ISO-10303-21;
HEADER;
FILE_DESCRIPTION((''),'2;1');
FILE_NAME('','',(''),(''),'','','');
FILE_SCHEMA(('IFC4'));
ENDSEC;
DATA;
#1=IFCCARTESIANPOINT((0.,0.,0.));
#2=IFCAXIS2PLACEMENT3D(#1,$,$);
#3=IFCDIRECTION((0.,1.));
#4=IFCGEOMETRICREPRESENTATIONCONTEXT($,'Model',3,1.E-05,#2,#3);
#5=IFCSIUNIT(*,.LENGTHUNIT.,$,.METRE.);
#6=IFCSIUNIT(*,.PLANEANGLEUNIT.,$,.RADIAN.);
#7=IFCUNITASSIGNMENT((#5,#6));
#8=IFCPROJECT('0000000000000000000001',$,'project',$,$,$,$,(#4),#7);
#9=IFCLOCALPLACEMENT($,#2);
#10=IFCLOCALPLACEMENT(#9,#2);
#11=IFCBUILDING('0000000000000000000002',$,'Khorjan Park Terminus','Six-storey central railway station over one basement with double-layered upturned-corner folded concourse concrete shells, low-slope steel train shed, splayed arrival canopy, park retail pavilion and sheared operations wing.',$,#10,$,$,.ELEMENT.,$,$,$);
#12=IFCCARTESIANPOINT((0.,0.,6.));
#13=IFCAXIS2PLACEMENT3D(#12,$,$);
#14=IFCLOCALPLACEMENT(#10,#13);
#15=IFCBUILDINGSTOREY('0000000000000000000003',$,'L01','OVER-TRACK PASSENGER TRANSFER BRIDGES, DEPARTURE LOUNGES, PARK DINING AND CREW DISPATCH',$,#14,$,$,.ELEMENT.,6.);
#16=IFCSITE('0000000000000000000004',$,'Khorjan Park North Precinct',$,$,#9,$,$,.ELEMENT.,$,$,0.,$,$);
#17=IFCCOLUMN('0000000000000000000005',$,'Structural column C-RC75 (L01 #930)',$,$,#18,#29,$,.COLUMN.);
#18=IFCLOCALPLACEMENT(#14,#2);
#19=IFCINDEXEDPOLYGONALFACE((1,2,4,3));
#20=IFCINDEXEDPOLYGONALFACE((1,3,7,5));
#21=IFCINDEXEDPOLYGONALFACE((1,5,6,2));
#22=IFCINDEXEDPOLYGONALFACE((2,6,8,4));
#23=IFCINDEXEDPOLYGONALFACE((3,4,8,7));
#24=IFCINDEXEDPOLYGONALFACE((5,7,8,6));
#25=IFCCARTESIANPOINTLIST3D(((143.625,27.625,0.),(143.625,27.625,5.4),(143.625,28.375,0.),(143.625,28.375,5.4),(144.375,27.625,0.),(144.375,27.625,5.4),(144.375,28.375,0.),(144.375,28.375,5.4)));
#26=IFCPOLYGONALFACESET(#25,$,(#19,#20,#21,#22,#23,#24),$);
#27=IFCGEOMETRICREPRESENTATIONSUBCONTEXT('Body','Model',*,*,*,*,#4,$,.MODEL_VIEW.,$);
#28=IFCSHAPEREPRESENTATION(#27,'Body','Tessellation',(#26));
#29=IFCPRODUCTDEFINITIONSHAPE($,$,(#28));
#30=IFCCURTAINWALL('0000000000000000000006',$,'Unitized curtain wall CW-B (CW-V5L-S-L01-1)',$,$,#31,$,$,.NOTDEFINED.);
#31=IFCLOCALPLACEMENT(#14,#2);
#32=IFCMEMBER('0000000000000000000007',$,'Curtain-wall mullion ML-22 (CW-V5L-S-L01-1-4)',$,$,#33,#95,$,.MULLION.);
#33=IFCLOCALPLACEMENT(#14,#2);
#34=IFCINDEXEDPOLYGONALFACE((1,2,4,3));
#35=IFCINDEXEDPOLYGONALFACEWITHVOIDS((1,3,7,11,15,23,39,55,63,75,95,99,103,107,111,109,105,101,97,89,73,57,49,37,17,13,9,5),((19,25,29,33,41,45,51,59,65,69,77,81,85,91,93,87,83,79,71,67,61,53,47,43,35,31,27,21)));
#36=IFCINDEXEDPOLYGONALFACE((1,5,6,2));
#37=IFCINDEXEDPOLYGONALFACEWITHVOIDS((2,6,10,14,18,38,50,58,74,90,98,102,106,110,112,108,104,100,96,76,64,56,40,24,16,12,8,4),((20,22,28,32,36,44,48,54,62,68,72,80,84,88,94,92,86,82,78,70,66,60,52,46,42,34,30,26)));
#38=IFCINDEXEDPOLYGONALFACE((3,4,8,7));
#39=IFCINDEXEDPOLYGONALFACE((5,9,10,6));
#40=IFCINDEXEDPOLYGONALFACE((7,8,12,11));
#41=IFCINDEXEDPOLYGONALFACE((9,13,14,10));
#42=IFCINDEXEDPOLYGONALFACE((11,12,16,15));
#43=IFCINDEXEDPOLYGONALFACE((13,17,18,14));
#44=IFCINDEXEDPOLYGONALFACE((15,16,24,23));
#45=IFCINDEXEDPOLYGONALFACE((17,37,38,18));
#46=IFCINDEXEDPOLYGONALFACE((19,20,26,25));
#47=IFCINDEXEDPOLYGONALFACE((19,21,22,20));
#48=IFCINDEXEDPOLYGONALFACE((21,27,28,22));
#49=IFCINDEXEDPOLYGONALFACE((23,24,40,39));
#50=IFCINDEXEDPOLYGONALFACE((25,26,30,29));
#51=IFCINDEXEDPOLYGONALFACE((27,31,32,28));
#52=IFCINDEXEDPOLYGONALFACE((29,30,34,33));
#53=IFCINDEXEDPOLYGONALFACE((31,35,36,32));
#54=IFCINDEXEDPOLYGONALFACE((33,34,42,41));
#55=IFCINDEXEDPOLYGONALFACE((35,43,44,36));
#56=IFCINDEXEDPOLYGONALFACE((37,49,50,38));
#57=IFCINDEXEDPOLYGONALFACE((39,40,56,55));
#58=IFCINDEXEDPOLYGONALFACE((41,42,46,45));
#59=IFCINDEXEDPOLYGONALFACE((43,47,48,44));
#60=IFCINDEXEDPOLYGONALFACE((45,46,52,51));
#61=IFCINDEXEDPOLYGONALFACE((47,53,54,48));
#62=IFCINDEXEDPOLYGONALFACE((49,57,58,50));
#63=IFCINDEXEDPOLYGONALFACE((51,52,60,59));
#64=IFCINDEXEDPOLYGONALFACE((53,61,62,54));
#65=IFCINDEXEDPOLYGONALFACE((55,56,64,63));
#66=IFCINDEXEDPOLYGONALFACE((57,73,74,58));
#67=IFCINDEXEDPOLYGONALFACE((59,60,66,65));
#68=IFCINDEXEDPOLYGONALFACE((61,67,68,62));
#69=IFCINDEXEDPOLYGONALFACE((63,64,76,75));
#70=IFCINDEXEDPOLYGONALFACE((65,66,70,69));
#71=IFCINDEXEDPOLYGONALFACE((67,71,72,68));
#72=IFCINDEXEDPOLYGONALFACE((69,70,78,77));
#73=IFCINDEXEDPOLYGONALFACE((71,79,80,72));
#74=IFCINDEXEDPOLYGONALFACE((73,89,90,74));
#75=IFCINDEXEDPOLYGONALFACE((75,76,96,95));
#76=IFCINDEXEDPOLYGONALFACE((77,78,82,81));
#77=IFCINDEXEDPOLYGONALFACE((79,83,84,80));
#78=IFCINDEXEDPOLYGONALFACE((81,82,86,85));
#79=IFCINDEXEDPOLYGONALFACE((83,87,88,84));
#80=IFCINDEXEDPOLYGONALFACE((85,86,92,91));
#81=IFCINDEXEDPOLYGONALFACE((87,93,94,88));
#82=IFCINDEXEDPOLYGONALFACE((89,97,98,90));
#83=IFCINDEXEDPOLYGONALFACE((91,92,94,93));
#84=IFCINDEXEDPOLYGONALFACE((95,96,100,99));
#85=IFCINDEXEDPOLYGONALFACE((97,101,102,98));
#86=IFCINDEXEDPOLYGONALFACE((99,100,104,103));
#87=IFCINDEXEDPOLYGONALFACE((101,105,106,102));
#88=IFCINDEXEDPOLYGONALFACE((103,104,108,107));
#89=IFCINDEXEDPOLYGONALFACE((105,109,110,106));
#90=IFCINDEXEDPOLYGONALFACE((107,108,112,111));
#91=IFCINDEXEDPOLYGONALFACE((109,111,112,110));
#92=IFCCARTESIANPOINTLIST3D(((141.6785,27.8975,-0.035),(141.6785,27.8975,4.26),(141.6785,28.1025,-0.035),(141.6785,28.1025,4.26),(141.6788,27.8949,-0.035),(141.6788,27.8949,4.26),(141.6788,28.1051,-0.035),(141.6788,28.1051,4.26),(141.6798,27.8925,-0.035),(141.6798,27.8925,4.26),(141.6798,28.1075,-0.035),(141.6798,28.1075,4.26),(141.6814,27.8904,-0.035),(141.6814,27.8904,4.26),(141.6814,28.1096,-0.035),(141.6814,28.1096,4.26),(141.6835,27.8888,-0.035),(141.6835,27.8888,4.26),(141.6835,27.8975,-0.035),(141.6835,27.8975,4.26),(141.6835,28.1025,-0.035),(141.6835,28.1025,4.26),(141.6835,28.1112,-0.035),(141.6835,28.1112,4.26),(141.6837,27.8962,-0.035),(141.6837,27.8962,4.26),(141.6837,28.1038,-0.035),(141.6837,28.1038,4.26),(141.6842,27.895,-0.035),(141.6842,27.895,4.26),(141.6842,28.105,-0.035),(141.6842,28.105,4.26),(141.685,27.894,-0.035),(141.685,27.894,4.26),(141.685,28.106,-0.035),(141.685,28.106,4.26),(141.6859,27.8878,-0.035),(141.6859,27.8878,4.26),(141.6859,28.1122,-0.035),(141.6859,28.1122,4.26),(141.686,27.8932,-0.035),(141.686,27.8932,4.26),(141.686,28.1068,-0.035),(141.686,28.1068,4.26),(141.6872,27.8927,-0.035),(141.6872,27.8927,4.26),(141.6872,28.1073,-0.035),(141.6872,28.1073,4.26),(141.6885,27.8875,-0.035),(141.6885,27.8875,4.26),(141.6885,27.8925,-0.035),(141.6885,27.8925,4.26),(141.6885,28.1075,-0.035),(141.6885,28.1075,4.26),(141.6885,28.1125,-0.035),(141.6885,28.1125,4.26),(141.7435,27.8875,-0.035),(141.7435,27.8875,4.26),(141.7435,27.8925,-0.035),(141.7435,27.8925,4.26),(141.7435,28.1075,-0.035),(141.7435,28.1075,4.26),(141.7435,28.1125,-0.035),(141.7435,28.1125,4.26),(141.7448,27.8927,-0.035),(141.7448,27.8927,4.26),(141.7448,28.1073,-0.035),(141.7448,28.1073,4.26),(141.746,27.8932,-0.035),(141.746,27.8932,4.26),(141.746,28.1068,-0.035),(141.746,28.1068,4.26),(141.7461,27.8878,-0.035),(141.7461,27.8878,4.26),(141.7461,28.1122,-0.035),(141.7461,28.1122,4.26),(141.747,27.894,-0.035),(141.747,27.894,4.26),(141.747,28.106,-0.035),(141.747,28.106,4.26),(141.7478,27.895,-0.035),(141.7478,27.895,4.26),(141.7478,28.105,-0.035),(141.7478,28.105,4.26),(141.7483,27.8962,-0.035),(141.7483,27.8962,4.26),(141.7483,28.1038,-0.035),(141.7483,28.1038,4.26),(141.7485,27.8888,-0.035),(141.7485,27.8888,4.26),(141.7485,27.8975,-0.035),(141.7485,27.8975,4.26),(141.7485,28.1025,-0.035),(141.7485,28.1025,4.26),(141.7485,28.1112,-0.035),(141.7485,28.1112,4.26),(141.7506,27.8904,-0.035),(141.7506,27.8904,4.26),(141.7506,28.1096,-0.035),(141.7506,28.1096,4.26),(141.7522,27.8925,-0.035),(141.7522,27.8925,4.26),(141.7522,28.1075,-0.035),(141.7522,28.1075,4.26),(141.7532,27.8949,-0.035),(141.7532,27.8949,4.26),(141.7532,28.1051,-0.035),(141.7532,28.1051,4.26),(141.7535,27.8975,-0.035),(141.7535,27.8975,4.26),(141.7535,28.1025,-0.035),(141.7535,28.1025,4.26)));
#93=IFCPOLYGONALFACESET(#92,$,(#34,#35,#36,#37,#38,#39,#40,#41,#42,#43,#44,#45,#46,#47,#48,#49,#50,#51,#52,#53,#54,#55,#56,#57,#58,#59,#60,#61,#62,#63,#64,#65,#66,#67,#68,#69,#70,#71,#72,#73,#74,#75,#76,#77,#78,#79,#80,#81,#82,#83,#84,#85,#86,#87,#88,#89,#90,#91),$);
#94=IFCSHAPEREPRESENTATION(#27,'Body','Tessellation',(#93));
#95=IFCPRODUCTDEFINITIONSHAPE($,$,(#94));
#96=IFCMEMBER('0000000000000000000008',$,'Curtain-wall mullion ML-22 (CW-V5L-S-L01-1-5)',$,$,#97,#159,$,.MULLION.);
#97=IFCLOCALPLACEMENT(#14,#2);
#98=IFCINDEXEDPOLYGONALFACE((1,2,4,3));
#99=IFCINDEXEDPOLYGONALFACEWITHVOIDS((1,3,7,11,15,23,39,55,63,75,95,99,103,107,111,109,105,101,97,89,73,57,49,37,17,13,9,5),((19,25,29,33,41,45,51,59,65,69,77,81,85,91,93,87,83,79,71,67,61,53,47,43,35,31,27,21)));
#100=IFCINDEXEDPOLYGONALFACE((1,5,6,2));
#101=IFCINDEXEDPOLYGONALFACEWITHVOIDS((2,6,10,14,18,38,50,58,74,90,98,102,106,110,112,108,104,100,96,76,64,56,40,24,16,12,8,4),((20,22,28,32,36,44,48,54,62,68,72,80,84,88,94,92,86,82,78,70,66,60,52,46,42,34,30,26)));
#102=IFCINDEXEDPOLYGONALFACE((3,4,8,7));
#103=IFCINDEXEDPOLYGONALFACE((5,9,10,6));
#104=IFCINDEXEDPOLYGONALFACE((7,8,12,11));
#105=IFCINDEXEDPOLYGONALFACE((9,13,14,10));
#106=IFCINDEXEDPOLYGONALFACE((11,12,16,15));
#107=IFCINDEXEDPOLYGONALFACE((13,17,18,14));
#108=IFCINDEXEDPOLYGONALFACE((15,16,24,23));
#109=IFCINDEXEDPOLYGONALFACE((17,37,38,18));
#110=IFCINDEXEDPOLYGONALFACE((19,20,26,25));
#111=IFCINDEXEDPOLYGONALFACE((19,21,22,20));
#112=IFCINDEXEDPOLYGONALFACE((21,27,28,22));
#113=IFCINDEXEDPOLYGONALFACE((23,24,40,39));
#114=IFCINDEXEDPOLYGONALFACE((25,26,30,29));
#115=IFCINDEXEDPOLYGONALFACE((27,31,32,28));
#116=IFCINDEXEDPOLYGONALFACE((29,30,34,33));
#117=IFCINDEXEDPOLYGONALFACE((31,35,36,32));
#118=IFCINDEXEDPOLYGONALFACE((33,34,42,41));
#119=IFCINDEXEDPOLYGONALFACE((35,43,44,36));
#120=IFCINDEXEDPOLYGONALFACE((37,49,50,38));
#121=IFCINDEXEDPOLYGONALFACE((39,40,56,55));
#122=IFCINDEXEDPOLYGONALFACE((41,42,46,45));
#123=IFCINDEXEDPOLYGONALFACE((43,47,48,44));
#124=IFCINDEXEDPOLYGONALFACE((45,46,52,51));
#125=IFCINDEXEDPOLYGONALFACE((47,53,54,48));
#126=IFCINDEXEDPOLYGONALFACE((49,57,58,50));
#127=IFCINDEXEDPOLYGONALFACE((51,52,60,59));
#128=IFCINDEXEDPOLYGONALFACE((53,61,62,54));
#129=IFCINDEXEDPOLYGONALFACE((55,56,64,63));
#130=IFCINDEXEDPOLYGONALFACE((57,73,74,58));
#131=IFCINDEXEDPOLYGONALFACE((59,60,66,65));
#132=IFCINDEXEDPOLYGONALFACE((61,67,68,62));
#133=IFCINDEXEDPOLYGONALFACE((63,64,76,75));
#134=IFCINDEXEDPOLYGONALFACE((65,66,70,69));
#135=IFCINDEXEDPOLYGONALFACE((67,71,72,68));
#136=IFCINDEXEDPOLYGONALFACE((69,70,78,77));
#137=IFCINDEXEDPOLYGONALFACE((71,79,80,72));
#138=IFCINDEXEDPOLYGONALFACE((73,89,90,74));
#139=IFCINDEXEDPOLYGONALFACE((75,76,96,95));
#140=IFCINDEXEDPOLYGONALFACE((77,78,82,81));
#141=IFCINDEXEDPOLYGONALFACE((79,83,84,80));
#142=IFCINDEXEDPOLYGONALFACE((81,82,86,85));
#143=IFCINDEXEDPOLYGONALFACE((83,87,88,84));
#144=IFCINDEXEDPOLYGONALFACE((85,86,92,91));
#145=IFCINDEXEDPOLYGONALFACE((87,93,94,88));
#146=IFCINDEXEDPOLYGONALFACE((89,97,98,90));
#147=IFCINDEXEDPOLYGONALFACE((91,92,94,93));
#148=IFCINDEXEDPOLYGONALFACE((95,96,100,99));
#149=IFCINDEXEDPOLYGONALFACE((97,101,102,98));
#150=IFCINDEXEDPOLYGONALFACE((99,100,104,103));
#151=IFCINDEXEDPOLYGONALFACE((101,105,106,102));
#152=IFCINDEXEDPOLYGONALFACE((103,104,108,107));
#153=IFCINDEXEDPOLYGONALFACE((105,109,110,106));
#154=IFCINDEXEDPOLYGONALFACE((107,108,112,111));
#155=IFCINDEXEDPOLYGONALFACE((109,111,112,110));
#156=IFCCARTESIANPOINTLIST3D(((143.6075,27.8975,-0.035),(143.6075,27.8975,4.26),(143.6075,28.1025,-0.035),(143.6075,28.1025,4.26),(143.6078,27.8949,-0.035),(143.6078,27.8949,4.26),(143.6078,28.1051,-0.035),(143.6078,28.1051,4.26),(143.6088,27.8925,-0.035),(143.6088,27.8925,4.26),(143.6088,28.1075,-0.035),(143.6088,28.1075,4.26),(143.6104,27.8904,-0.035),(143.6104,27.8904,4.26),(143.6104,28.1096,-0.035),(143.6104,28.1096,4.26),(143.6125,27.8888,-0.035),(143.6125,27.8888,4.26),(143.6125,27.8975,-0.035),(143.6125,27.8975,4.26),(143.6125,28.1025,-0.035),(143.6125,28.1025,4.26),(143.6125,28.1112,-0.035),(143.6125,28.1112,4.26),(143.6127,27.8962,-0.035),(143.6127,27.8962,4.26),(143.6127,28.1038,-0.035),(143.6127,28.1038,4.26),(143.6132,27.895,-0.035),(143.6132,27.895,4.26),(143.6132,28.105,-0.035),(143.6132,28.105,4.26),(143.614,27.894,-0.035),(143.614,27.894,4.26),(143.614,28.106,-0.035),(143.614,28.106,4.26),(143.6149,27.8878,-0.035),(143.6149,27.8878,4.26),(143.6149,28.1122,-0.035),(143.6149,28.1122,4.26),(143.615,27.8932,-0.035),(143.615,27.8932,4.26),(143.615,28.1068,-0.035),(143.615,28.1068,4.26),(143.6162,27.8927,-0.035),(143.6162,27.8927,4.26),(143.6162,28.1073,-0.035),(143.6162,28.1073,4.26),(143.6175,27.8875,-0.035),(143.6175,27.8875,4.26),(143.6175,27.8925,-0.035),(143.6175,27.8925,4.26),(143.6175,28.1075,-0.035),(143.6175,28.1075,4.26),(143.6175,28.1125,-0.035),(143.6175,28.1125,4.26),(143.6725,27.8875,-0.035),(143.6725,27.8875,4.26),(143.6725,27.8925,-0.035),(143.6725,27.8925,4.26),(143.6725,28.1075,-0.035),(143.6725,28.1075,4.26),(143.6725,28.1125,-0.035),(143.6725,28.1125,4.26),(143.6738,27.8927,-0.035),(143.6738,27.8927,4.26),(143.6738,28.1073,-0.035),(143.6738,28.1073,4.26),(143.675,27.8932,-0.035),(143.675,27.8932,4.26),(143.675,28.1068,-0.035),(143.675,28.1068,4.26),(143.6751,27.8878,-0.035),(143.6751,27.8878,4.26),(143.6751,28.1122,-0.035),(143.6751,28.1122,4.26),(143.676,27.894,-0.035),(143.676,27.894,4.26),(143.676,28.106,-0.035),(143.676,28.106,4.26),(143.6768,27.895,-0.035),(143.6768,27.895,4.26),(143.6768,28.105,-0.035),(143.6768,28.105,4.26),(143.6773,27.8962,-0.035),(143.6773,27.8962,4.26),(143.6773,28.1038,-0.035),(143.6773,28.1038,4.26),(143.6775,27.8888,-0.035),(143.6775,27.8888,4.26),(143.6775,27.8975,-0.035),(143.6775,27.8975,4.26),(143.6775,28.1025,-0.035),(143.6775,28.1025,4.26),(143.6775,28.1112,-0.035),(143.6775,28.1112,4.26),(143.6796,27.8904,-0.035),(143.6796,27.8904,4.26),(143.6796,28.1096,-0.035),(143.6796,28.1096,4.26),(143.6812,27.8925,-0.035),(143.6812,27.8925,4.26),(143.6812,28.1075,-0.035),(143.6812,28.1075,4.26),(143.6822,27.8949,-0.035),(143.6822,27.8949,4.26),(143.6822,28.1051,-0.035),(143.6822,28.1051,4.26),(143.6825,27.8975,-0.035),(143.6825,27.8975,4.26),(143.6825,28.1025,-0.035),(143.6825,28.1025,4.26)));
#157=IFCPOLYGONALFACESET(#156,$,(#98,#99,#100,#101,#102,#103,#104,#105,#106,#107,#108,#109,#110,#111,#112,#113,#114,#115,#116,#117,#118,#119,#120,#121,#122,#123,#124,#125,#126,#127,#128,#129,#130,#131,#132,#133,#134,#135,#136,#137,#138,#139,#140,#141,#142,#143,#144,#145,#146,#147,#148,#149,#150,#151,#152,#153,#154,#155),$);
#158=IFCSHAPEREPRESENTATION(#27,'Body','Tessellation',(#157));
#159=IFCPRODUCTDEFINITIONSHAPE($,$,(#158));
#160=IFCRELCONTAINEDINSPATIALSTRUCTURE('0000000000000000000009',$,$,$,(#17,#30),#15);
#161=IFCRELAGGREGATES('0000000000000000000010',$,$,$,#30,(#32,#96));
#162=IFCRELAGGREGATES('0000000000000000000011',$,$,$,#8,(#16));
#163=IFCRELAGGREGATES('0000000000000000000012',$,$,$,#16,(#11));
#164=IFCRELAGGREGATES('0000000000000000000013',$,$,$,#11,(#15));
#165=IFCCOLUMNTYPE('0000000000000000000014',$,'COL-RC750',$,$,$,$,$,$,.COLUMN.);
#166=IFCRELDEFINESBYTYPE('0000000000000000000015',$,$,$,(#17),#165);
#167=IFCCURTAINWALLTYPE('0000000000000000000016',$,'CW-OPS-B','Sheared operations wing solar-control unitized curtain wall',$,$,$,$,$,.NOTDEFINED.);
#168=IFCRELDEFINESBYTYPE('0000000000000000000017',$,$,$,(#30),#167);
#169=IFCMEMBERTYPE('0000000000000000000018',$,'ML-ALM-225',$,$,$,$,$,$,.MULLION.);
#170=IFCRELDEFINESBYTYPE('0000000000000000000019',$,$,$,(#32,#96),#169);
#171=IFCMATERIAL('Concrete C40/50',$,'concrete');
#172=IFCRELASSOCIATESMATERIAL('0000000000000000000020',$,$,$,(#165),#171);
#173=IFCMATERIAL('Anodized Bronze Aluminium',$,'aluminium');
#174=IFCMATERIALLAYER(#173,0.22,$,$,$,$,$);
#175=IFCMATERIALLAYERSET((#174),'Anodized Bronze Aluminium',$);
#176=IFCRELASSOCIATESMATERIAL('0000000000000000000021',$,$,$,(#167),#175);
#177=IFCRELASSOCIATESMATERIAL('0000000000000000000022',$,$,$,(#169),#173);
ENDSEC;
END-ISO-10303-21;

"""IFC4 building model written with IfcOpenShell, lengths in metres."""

from ifc_helpers import new_model, si_unit, direction, frame, origin, origin_2d, place, context, subcontext, project, spatial, rectangle, hollow_rectangle, extrude, material, layer, layer_set, material_profile, profile_set, type_object, element, aggregate, save


model = new_model("IFC4")

# Units and contexts
model_context = context("Model", 3, precision=1e-05, world=origin(), true_north=direction((0.0, 1.0)))
body_context = subcontext(model_context, "Body", "Model", "MODEL_VIEW")
ifc_project = project(units=[si_unit("LENGTHUNIT", "METRE"), si_unit("PLANEANGLEUNIT", "RADIAN")], contexts=[model_context])

# Site, building, storey
site_placement = place(None, origin())
site = spatial("IfcSite", under=ifc_project, at=site_placement, Name="Khorjan Park North Precinct", CompositionType="ELEMENT", RefElevation=0.0)
building_placement = place(site_placement, origin())
building = spatial("IfcBuilding", under=site, at=building_placement, Name="Khorjan Park Terminus", Description="Six-storey central railway station over one basement with double-layered upturned-corner folded concourse concrete shells, low-slope steel train shed, splayed arrival canopy, park retail pavilion and sheared operations wing.", CompositionType="ELEMENT")
storey_placement = place(building_placement, frame((0.0, 0.0, 6.0)))
storey = spatial("IfcBuildingStorey", under=building, at=storey_placement, Name="L01", Description="OVER-TRACK PASSENGER TRANSFER BRIDGES, DEPARTURE LOUNGES, PARK DINING AND CREW DISPATCH", CompositionType="ELEMENT", Elevation=6.0)

# Column
ifc_material_1 = material(Name="Concrete C40/50", Category="concrete")
ifc_material_profile_1 = material_profile(ifc_material_1, rectangle(XDim=0.75, YDim=0.75, at=origin_2d()), Name="RC 750x750")
ifc_profile_set_1 = profile_set([ifc_material_profile_1], Name="Concrete C40/50")
column_type = type_object("IfcColumnType", Name="COL-RC750", PredefinedType="COLUMN", material=ifc_profile_set_1)
column_placement = place(storey_placement, frame((144.0, 28.0, 0.0), z_axis=(0.0, 0.0, 1.0), x_axis=(1.0, 0.0, 0.0)))
element("IfcColumn", 1, at=column_placement, inside=storey, type_object=column_type, Name="Structural column C-RC75 (L01 #930)", PredefinedType="COLUMN", context=body_context, shape_type="SweptSolid", body=[
    extrude(rectangle(XDim=0.75, YDim=0.75, at=origin_2d()), origin(), (0.0, 0.0, 1.0), 5.4),
])

# Curtain wall, members
ifc_material_2 = material(Name="Anodized Bronze Aluminium", Category="aluminium")
ifc_layer_1 = layer(ifc_material_2, 0.22)
ifc_layer_set_1 = layer_set([ifc_layer_1], Name="Anodized Bronze Aluminium")
curtain_wall_type = type_object("IfcCurtainWallType", Name="CW-OPS-B", Description="Sheared operations wing solar-control unitized curtain wall", PredefinedType="NOTDEFINED", material=ifc_layer_set_1)
curtain_wall_1_placement = place(storey_placement, origin())
curtain_wall_1 = element("IfcCurtainWall", 2, at=curtain_wall_1_placement, inside=storey, type_object=curtain_wall_type, Name="Unitized curtain wall CW-B (CW-V5L-S-L01-1)", PredefinedType="NOTDEFINED")
ifc_material_profile_2 = material_profile(ifc_material_2, hollow_rectangle(XDim=0.075, YDim=0.225, WallThickness=0.005, InnerFilletRadius=0.005, OuterFilletRadius=0.01, at=origin_2d()), Name="ALM 75x225x5")
ifc_profile_set_2 = profile_set([ifc_material_profile_2], Name="Anodized Bronze Aluminium")
member_type_1 = type_object("IfcMemberType", Name="ML-ALM-225", PredefinedType="MULLION", material=ifc_profile_set_2)
member_1_placement = place(storey_placement, frame((141.716, 28.0, -0.035), z_axis=(0.0, 0.0, 1.0), x_axis=(1.0, 0.0, 0.0)))
member_1 = element("IfcMember", 3, at=member_1_placement, type_object=member_type_1, Name="Curtain-wall mullion ML-22 (CW-V5L-S-L01-1-4)", PredefinedType="MULLION", context=body_context, shape_type="SweptSolid", body=[
    extrude(hollow_rectangle(XDim=0.075, YDim=0.225, WallThickness=0.005, InnerFilletRadius=0.005, OuterFilletRadius=0.01, at=origin_2d()), origin(), (0.0, 0.0, 1.0), 4.295),
])
member_2_placement = place(storey_placement, frame((143.645, 28.0, -0.035), z_axis=(0.0, 0.0, 1.0), x_axis=(1.0, 0.0, 0.0)))
member_2 = element("IfcMember", 4, at=member_2_placement, type_object=member_type_1, Name="Curtain-wall mullion ML-22 (CW-V5L-S-L01-1-5)", PredefinedType="MULLION", context=body_context, shape_type="SweptSolid", body=[
    extrude(hollow_rectangle(XDim=0.075, YDim=0.225, WallThickness=0.005, InnerFilletRadius=0.005, OuterFilletRadius=0.01, at=origin_2d()), origin(), (0.0, 0.0, 1.0), 4.295),
])

aggregate(curtain_wall_1, [member_1, member_2])

save(model, "model.ifc")
